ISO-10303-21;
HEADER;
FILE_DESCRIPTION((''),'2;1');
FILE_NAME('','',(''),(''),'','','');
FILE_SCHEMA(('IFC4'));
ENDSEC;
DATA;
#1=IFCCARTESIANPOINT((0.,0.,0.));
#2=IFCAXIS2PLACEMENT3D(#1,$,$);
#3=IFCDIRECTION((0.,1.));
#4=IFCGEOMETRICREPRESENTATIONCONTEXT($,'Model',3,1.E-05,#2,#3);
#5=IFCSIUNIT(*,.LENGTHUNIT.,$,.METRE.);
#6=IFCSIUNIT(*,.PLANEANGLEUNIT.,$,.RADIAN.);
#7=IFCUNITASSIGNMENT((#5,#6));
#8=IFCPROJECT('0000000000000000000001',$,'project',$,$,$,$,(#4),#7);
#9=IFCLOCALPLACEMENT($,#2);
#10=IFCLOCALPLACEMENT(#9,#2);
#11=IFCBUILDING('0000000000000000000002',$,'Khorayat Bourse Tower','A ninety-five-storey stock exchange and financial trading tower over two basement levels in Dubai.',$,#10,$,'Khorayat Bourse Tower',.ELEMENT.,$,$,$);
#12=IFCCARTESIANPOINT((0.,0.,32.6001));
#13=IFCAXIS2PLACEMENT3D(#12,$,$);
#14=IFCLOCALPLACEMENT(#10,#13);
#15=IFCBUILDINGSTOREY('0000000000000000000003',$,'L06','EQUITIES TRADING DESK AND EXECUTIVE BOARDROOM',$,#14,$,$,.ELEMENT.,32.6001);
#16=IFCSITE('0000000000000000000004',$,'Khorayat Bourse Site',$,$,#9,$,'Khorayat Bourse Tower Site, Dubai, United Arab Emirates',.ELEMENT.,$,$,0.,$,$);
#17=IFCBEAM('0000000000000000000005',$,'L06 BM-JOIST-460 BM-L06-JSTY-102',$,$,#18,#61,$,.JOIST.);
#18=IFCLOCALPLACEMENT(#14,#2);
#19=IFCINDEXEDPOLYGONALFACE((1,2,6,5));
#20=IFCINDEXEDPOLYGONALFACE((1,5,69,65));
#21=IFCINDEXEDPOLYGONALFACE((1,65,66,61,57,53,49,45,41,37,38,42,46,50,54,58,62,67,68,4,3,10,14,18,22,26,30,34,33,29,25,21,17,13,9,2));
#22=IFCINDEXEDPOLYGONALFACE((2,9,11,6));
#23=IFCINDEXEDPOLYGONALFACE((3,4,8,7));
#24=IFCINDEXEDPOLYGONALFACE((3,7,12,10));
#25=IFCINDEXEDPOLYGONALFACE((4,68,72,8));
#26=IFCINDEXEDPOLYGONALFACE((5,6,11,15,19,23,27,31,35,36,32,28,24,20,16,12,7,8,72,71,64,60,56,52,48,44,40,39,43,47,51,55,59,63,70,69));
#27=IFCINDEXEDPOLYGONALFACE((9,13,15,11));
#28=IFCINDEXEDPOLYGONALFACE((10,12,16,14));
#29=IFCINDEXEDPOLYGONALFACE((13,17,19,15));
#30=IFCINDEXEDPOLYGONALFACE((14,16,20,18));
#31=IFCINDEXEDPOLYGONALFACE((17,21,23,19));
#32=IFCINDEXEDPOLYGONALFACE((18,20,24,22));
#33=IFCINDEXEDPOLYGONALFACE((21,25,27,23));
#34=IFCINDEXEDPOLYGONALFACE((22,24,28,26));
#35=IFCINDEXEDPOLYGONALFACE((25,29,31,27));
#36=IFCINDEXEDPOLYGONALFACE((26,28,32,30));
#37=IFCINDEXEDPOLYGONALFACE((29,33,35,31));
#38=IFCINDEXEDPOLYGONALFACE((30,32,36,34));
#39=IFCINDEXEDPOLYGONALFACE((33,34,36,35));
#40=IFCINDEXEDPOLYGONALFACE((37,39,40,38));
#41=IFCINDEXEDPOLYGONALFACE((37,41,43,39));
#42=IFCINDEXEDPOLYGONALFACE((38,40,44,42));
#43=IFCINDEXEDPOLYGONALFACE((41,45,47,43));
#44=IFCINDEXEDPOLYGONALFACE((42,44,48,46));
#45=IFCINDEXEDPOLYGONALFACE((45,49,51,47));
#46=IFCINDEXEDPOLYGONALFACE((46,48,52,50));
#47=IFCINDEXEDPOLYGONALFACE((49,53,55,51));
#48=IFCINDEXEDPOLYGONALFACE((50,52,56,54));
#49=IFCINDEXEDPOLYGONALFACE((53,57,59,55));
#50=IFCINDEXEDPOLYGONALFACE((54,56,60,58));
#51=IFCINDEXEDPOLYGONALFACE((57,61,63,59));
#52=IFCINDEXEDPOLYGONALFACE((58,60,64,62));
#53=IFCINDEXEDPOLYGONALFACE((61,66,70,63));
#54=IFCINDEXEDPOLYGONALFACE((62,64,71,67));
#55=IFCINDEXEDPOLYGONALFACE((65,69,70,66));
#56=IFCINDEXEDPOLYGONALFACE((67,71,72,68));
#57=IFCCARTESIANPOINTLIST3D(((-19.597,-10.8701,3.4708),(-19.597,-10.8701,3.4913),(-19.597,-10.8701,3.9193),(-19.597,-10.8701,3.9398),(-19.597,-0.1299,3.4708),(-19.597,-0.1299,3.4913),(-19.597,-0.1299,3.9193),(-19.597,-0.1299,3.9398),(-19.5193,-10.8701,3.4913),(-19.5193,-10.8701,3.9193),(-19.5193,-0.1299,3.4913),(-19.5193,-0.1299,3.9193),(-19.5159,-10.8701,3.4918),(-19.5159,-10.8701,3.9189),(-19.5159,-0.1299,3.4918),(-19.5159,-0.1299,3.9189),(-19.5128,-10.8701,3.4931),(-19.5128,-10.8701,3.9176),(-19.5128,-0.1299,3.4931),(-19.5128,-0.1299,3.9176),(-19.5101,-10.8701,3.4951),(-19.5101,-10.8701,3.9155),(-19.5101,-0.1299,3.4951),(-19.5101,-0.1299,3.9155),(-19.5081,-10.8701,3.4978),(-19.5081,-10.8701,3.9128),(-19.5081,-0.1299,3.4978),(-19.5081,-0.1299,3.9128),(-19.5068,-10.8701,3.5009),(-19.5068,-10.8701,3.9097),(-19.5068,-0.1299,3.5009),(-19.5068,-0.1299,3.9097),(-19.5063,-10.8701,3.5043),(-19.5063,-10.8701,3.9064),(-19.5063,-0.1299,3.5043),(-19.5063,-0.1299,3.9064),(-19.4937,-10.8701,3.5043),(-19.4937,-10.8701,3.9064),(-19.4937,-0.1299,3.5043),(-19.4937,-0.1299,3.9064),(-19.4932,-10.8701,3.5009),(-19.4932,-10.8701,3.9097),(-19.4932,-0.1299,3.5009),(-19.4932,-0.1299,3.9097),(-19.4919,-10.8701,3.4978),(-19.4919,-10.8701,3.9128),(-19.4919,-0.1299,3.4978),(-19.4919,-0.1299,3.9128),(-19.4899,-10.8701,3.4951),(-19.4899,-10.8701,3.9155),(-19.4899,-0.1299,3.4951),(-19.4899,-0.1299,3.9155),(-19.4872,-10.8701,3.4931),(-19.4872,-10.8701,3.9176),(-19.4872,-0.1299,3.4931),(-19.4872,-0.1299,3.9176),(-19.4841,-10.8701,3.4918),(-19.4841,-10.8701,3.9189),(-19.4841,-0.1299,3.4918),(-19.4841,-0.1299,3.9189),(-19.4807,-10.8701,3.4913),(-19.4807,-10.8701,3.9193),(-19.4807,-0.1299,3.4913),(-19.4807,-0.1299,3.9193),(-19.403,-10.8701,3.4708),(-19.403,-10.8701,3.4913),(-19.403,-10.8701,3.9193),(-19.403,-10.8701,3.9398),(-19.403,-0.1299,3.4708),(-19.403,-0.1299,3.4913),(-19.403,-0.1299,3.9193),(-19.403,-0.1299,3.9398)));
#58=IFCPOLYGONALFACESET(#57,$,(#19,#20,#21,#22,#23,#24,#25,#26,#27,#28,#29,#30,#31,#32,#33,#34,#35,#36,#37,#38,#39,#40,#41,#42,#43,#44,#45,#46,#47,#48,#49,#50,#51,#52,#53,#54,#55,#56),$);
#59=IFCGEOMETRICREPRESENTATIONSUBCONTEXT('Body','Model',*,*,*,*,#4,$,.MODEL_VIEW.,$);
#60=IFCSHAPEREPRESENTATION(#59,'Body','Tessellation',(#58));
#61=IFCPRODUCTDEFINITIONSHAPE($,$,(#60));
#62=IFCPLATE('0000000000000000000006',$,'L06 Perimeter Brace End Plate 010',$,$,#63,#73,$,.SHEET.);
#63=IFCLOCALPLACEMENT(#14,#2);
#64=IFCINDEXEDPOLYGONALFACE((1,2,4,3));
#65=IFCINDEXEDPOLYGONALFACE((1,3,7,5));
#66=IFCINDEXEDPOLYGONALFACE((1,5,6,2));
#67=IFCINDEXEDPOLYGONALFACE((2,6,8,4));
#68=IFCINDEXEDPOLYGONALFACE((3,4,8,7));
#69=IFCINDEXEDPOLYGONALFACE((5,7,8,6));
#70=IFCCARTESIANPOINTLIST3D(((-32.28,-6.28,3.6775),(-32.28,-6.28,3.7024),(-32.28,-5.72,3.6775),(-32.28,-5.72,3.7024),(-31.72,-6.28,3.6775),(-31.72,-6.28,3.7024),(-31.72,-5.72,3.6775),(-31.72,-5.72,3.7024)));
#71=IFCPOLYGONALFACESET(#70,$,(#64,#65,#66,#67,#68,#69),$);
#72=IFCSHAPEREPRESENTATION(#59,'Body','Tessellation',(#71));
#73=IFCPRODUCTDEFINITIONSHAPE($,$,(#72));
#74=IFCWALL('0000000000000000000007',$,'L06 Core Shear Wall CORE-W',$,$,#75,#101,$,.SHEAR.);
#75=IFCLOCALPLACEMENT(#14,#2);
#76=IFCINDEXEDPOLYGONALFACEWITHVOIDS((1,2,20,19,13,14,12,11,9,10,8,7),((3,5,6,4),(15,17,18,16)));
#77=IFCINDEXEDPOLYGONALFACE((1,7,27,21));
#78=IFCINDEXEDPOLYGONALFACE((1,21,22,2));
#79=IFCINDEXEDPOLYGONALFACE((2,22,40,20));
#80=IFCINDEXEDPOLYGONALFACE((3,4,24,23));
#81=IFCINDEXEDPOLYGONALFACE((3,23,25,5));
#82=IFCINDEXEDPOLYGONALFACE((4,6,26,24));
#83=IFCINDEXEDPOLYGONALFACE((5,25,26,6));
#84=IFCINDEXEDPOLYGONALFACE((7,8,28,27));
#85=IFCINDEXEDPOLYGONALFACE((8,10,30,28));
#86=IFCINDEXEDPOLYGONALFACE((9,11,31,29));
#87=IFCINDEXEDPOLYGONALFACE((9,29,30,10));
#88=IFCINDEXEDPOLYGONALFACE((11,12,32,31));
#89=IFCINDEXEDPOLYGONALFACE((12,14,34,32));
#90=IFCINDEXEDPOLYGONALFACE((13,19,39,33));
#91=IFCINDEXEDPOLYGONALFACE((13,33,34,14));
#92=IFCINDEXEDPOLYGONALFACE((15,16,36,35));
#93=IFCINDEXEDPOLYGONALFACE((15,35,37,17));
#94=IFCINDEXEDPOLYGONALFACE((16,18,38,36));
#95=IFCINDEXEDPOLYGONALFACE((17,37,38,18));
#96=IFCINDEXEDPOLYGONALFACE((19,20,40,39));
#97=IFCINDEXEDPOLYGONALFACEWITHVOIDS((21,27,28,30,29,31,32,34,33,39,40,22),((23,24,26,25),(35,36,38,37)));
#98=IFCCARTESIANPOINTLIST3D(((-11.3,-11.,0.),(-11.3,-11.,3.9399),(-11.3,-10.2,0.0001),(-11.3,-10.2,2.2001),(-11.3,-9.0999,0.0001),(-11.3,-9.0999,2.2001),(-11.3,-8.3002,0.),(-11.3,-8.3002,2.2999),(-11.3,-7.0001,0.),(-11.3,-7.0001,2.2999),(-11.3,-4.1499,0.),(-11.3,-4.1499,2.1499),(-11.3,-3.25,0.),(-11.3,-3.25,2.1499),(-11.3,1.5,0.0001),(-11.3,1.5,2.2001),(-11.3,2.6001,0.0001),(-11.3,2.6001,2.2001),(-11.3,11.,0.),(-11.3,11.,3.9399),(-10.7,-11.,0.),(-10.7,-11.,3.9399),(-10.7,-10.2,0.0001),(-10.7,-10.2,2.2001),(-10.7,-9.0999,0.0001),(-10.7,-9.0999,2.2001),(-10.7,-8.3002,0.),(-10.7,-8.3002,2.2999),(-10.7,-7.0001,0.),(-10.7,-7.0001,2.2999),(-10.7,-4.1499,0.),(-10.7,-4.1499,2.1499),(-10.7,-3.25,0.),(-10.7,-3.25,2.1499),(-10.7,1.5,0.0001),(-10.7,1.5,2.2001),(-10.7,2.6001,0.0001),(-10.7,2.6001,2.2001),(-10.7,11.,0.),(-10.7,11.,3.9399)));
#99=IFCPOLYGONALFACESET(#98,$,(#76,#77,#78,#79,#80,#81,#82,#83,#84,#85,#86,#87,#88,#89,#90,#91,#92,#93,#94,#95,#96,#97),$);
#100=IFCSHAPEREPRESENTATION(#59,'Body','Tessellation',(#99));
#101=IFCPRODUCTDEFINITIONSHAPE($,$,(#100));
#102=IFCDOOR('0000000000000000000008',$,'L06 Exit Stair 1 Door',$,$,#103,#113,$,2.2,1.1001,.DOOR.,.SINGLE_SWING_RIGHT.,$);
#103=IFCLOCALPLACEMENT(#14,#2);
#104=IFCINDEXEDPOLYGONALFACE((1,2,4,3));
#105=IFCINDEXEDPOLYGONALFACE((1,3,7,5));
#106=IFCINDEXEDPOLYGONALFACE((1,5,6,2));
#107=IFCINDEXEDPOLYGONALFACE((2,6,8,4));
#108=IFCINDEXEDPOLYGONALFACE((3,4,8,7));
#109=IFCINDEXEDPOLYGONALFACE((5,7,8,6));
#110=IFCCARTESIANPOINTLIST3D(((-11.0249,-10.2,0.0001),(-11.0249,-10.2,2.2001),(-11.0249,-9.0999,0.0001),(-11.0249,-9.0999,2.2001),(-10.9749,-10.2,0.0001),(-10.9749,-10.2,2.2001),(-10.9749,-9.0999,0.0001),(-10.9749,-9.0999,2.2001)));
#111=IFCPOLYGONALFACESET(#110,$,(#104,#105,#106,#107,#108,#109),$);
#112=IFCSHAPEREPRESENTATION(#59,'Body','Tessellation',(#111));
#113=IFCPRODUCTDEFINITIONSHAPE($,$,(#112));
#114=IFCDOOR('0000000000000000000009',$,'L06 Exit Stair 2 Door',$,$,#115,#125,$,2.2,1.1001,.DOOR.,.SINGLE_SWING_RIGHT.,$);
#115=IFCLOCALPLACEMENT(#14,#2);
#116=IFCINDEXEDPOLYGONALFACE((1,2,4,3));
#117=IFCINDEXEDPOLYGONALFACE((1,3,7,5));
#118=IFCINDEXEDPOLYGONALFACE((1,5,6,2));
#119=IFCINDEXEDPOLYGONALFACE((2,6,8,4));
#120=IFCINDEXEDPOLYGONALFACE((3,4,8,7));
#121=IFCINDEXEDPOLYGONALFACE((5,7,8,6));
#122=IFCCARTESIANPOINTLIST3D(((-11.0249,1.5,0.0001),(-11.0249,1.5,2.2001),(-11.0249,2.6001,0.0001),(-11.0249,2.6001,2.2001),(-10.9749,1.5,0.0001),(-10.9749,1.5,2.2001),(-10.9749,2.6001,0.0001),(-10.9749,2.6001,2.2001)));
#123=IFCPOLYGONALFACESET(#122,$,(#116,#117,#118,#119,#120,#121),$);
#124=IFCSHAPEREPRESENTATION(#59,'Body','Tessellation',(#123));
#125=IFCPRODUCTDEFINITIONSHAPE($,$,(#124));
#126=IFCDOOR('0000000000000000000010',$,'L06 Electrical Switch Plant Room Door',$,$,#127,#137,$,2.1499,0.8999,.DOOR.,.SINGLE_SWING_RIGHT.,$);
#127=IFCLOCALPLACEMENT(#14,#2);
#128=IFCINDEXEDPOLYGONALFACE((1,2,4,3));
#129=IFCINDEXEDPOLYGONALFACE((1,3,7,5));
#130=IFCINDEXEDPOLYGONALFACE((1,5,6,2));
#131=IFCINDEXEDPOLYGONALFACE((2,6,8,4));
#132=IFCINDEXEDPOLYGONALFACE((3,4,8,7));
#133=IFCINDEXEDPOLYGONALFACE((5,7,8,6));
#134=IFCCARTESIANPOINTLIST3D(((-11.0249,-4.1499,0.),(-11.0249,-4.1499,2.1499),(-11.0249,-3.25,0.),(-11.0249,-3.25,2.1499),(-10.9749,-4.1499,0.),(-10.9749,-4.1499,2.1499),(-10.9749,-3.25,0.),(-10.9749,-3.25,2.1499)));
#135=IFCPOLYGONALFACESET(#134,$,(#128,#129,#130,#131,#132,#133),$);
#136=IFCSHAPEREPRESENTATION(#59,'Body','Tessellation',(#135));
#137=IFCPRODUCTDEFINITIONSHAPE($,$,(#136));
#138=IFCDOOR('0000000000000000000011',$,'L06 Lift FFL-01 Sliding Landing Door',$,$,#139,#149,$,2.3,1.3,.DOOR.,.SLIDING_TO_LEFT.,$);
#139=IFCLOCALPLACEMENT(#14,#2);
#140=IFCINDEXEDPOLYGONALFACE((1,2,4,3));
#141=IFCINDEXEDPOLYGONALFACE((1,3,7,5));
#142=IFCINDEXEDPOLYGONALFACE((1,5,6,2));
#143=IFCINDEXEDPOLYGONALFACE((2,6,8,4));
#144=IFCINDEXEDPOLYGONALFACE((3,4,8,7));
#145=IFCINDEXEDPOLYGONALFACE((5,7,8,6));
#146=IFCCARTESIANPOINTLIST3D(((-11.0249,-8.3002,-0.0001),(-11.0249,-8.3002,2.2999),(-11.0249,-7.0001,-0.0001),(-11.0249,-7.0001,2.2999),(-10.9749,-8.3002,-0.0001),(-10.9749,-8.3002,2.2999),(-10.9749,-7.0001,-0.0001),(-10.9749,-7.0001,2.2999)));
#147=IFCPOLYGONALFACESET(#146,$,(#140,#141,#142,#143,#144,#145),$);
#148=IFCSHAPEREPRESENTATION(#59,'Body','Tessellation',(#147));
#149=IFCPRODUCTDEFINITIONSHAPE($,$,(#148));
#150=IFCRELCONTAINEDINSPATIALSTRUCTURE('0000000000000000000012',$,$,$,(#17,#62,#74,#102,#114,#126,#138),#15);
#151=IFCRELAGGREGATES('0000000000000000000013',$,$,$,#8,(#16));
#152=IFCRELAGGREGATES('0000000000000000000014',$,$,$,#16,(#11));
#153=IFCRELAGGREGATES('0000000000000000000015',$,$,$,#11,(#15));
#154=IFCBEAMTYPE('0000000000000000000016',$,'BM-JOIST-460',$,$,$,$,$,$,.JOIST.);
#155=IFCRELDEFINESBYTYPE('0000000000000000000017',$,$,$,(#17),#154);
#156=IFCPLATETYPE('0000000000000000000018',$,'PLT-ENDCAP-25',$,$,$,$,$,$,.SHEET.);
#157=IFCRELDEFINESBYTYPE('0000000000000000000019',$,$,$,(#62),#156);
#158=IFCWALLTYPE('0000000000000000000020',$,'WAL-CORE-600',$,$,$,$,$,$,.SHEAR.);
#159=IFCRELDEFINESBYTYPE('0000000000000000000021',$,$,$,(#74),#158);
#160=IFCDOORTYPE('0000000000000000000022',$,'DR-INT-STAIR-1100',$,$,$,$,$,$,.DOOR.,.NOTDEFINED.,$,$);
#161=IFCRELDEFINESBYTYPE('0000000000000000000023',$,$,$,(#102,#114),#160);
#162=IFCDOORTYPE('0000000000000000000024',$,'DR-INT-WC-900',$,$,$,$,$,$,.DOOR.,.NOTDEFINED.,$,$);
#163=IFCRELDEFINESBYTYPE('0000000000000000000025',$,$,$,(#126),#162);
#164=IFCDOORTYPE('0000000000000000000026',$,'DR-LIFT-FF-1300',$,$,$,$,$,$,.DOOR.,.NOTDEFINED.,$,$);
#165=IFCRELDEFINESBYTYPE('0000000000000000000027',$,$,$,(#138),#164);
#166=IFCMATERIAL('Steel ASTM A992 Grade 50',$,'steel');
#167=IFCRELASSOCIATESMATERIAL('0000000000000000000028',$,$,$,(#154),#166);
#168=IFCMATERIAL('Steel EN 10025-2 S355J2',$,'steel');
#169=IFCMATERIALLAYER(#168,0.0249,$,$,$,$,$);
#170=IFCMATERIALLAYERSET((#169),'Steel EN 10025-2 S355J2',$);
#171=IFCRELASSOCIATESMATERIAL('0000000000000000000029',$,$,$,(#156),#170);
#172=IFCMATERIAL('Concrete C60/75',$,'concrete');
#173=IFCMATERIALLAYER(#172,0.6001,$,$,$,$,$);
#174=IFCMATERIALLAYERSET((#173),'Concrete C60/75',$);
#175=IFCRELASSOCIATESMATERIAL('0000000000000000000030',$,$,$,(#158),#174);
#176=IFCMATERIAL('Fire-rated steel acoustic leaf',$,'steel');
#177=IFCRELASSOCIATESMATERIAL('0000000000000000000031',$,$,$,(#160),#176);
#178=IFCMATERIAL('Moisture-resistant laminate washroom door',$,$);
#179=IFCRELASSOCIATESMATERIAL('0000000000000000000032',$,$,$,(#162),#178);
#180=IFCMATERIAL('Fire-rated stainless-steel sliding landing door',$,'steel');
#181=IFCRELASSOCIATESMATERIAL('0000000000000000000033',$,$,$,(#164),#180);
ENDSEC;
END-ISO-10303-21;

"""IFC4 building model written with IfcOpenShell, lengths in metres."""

from ifc_helpers import new_model, si_unit, direction, frame, frame_2d, origin, origin_2d, place, context, subcontext, project, spatial, rectangle, i_section, extrude, source, transform, mapped, material, layer, layer_set, material_profile, profile_set, type_object, element, fill, save


model = new_model("IFC4")

# Units and contexts
model_context = context("Model", 3, precision=1e-05, world=origin(), true_north=direction((0.0, 1.0)))
body_context = subcontext(model_context, "Body", "Model", "MODEL_VIEW")
ifc_project = project(units=[si_unit("LENGTHUNIT", "METRE"), si_unit("PLANEANGLEUNIT", "RADIAN")], contexts=[model_context])

# Site, building, storey
site_placement = place(None, origin())
site = spatial("IfcSite", under=ifc_project, at=site_placement, Name="Khorayat Bourse Site", LongName="Khorayat Bourse Tower Site, Dubai, United Arab Emirates", CompositionType="ELEMENT", RefElevation=0.0)
building_placement = place(site_placement, origin())
building = spatial("IfcBuilding", under=site, at=building_placement, Name="Khorayat Bourse Tower", Description="A ninety-five-storey stock exchange and financial trading tower over two basement levels in Dubai.", LongName="Khorayat Bourse Tower", CompositionType="ELEMENT")
storey_placement = place(building_placement, frame((0.0, 0.0, 32.6001)))
storey = spatial("IfcBuildingStorey", under=building, at=storey_placement, Name="L06", Description="EQUITIES TRADING DESK AND EXECUTIVE BOARDROOM", CompositionType="ELEMENT", Elevation=32.6001)

# Beam
ifc_material_1 = material(Name="Steel ASTM A992 Grade 50", Category="steel")
ifc_material_profile_1 = material_profile(ifc_material_1, i_section(OverallWidth=0.1941, OverallDepth=0.469, WebThickness=0.0127, FlangeThickness=0.0205, FilletRadius=0.0129, at=origin_2d()), Name="W460X106")
ifc_profile_set_1 = profile_set([ifc_material_profile_1], Name="Steel ASTM A992 Grade 50")
beam_type_1 = type_object("IfcBeamType", Name="BM-JOIST-460", PredefinedType="JOIST", material=ifc_profile_set_1)
shared_shape_1 = source(origin(), body_context, "Body", "SweptSolid", [
    extrude(i_section(OverallWidth=0.1941, OverallDepth=0.469, WebThickness=0.0127, FlangeThickness=0.0205, FilletRadius=0.0129, at=origin_2d()), origin(), (0.0, 0.0, 1.0), 10.7402),
])
beam_1_placement = place(storey_placement, frame((-19.5, -10.8701, 3.7053), z_axis=(0.0, 1.0, 0.0), x_axis=(-1.0, 0.0, 0.0)))
element("IfcBeam", 1, at=beam_1_placement, inside=storey, type_object=beam_type_1, Name="L06 BM-JOIST-460 BM-L06-JSTY-102", PredefinedType="JOIST", context=body_context, shape_type="MappedRepresentation", body=[
    mapped(shared_shape_1, transform((0.0, 0.0, 0.0), scale=1.0)),
])

# Plate
ifc_material_2 = material(Name="Steel EN 10025-2 S355J2", Category="steel")
ifc_layer_1 = layer(ifc_material_2, 0.0249)
ifc_layer_set_1 = layer_set([ifc_layer_1], Name="Steel EN 10025-2 S355J2")
plate_type = type_object("IfcPlateType", Name="PLT-ENDCAP-25", PredefinedType="SHEET", material=ifc_layer_set_1)
shared_shape_2 = source(origin(), body_context, "Body", "SweptSolid", [
    extrude(rectangle(XDim=0.5601, YDim=0.5601, at=origin_2d()), origin(), (0.0, 0.0, 1.0), 0.0249),
])
plate_placement = place(storey_placement, frame((-32.0, -6.0, 3.6775), z_axis=(0.0, 0.0, 1.0), x_axis=(1.0, 0.0, 0.0)))
element("IfcPlate", 2, at=plate_placement, inside=storey, type_object=plate_type, Name="L06 Perimeter Brace End Plate 010", PredefinedType="SHEET", context=body_context, shape_type="MappedRepresentation", body=[
    mapped(shared_shape_2, transform((0.0, 0.0, 0.0), scale=1.0)),
])

# Wall, openings, doors
ifc_material_3 = material(Name="Concrete C60/75", Category="concrete")
ifc_layer_2 = layer(ifc_material_3, 0.6001)
ifc_layer_set_2 = layer_set([ifc_layer_2], Name="Concrete C60/75")
wall_type_1 = type_object("IfcWallType", Name="WAL-CORE-600", PredefinedType="SHEAR", material=ifc_layer_set_2)
shared_shape_3 = source(origin(), body_context, "Body", "SweptSolid", [
    extrude(rectangle(XDim=22.0, YDim=0.6001, at=frame_2d((11.0, 0.0))), origin(), (0.0, 0.0, 1.0), 3.9399),
])
wall_1_placement = place(storey_placement, frame((-11.0, -11.0, 0.0), z_axis=(0.0, 0.0, 1.0), x_axis=(0.0, 1.0, 0.0)))
wall_1 = element("IfcWall", 3, at=wall_1_placement, inside=storey, type_object=wall_type_1, Name="L06 Core Shear Wall CORE-W", PredefinedType="SHEAR", context=body_context, shape_type="MappedRepresentation", body=[
    mapped(shared_shape_3, transform((0.0, 0.0, 0.0), scale=1.0)),
])
shared_shape_4 = source(origin(), body_context, "Body", "SweptSolid", [
    extrude(rectangle(XDim=1.1001, YDim=2.2, at=frame_2d((0.55, 1.1001))), frame((0.0, 0.3101, 0.0), z_axis=(0.0, -1.0, 0.0), x_axis=(1.0, 0.0, 0.0)), (0.0, 0.0, 1.0), 0.6201),
])
opening_1_placement = place(wall_1_placement, frame((0.8, 0.0, 0.0)))
opening_1 = element("IfcOpeningElement", 4, at=opening_1_placement, cuts=wall_1, PredefinedType="OPENING", context=body_context, shape_type="MappedRepresentation", body=[
    mapped(shared_shape_4, transform((0.0, 0.0, 0.0), scale=1.0)),
])
opening_2_placement = place(wall_1_placement, frame((12.5, 0.0, 0.0)))
opening_2 = element("IfcOpeningElement", 5, at=opening_2_placement, cuts=wall_1, PredefinedType="OPENING", context=body_context, shape_type="MappedRepresentation", body=[
    mapped(shared_shape_4, transform((0.0, 0.0, 0.0), scale=1.0)),
])
shared_shape_5 = source(origin(), body_context, "Body", "SweptSolid", [
    extrude(rectangle(XDim=0.8999, YDim=2.1499, at=frame_2d((0.45, 1.075))), frame((0.0, 0.3101, 0.0), z_axis=(0.0, -1.0, 0.0), x_axis=(1.0, 0.0, 0.0)), (0.0, 0.0, 1.0), 0.6201),
])
opening_3_placement = place(wall_1_placement, frame((6.8501, 0.0, 0.0)))
opening_3 = element("IfcOpeningElement", 6, at=opening_3_placement, cuts=wall_1, PredefinedType="OPENING", context=body_context, shape_type="MappedRepresentation", body=[
    mapped(shared_shape_5, transform((0.0, 0.0, 0.0), scale=1.0)),
])
shared_shape_6 = source(origin(), body_context, "Body", "SweptSolid", [
    extrude(rectangle(XDim=1.3, YDim=2.3, at=frame_2d((0.6499, 1.1499))), frame((0.0, 0.3101, 0.0), z_axis=(0.0, -1.0, 0.0), x_axis=(1.0, 0.0, 0.0)), (0.0, 0.0, 1.0), 0.6201),
])
opening_4_placement = place(wall_1_placement, frame((2.7, 0.0, 0.0)))
opening_4 = element("IfcOpeningElement", 7, at=opening_4_placement, cuts=wall_1, PredefinedType="OPENING", context=body_context, shape_type="MappedRepresentation", body=[
    mapped(shared_shape_6, transform((0.0, 0.0, 0.0), scale=1.0)),
])
ifc_material_4 = material(Name="Fire-rated steel acoustic leaf", Category="steel")
door_type_1 = type_object("IfcDoorType", Name="DR-INT-STAIR-1100", OperationType="NOTDEFINED", PredefinedType="DOOR", material=ifc_material_4)
shared_shape_7 = source(origin(), body_context, "Body", "SweptSolid", [
    extrude(rectangle(XDim=1.1001, YDim=2.2, at=frame_2d((0.55, 1.1001))), frame((0.0, 0.0249, 0.0), z_axis=(0.0, -1.0, 0.0), x_axis=(1.0, 0.0, 0.0)), (0.0, 0.0, 1.0), 0.05),
])
door_1_placement = place(opening_1_placement, origin())
door_1 = element("IfcDoor", 8, at=door_1_placement, inside=storey, type_object=door_type_1, Name="L06 Exit Stair 1 Door", OperationType="SINGLE_SWING_RIGHT", OverallHeight=2.2, OverallWidth=1.1001, PredefinedType="DOOR", context=body_context, shape_type="MappedRepresentation", body=[
    mapped(shared_shape_7, transform((0.0, 0.0, 0.0), scale=1.0)),
])
fill(opening_1, door_1)
door_2_placement = place(opening_2_placement, origin())
door_2 = element("IfcDoor", 9, at=door_2_placement, inside=storey, type_object=door_type_1, Name="L06 Exit Stair 2 Door", OperationType="SINGLE_SWING_RIGHT", OverallHeight=2.2, OverallWidth=1.1001, PredefinedType="DOOR", context=body_context, shape_type="MappedRepresentation", body=[
    mapped(shared_shape_7, transform((0.0, 0.0, 0.0), scale=1.0)),
])
fill(opening_2, door_2)
ifc_material_5 = material(Name="Moisture-resistant laminate washroom door")
door_type_2 = type_object("IfcDoorType", Name="DR-INT-WC-900", OperationType="NOTDEFINED", PredefinedType="DOOR", material=ifc_material_5)
shared_shape_8 = source(origin(), body_context, "Body", "SweptSolid", [
    extrude(rectangle(XDim=0.8999, YDim=2.1499, at=frame_2d((0.45, 1.075))), frame((0.0, 0.0249, 0.0), z_axis=(0.0, -1.0, 0.0), x_axis=(1.0, 0.0, 0.0)), (0.0, 0.0, 1.0), 0.05),
])
door_3_placement = place(opening_3_placement, origin())
door_3 = element("IfcDoor", 10, at=door_3_placement, inside=storey, type_object=door_type_2, Name="L06 Electrical Switch Plant Room Door", OperationType="SINGLE_SWING_RIGHT", OverallHeight=2.1499, OverallWidth=0.8999, PredefinedType="DOOR", context=body_context, shape_type="MappedRepresentation", body=[
    mapped(shared_shape_8, transform((0.0, 0.0, 0.0), scale=1.0)),
])
fill(opening_3, door_3)
ifc_material_6 = material(Name="Fire-rated stainless-steel sliding landing door", Category="steel")
door_type_3 = type_object("IfcDoorType", Name="DR-LIFT-FF-1300", OperationType="NOTDEFINED", PredefinedType="DOOR", material=ifc_material_6)
shared_shape_9 = source(origin(), body_context, "Body", "SweptSolid", [
    extrude(rectangle(XDim=1.3, YDim=2.3, at=frame_2d((0.6499, 1.1499))), frame((0.0, 0.0249, 0.0), z_axis=(0.0, -1.0, 0.0), x_axis=(1.0, 0.0, 0.0)), (0.0, 0.0, 1.0), 0.05),
])
door_4_placement = place(opening_4_placement, origin())
door_4 = element("IfcDoor", 11, at=door_4_placement, inside=storey, type_object=door_type_3, Name="L06 Lift FFL-01 Sliding Landing Door", OperationType="SLIDING_TO_LEFT", OverallHeight=2.3, OverallWidth=1.3, PredefinedType="DOOR", context=body_context, shape_type="MappedRepresentation", body=[
    mapped(shared_shape_9, transform((0.0, 0.0, 0.0), scale=1.0)),
])
fill(opening_4, door_4)

save(model, "model.ifc")
